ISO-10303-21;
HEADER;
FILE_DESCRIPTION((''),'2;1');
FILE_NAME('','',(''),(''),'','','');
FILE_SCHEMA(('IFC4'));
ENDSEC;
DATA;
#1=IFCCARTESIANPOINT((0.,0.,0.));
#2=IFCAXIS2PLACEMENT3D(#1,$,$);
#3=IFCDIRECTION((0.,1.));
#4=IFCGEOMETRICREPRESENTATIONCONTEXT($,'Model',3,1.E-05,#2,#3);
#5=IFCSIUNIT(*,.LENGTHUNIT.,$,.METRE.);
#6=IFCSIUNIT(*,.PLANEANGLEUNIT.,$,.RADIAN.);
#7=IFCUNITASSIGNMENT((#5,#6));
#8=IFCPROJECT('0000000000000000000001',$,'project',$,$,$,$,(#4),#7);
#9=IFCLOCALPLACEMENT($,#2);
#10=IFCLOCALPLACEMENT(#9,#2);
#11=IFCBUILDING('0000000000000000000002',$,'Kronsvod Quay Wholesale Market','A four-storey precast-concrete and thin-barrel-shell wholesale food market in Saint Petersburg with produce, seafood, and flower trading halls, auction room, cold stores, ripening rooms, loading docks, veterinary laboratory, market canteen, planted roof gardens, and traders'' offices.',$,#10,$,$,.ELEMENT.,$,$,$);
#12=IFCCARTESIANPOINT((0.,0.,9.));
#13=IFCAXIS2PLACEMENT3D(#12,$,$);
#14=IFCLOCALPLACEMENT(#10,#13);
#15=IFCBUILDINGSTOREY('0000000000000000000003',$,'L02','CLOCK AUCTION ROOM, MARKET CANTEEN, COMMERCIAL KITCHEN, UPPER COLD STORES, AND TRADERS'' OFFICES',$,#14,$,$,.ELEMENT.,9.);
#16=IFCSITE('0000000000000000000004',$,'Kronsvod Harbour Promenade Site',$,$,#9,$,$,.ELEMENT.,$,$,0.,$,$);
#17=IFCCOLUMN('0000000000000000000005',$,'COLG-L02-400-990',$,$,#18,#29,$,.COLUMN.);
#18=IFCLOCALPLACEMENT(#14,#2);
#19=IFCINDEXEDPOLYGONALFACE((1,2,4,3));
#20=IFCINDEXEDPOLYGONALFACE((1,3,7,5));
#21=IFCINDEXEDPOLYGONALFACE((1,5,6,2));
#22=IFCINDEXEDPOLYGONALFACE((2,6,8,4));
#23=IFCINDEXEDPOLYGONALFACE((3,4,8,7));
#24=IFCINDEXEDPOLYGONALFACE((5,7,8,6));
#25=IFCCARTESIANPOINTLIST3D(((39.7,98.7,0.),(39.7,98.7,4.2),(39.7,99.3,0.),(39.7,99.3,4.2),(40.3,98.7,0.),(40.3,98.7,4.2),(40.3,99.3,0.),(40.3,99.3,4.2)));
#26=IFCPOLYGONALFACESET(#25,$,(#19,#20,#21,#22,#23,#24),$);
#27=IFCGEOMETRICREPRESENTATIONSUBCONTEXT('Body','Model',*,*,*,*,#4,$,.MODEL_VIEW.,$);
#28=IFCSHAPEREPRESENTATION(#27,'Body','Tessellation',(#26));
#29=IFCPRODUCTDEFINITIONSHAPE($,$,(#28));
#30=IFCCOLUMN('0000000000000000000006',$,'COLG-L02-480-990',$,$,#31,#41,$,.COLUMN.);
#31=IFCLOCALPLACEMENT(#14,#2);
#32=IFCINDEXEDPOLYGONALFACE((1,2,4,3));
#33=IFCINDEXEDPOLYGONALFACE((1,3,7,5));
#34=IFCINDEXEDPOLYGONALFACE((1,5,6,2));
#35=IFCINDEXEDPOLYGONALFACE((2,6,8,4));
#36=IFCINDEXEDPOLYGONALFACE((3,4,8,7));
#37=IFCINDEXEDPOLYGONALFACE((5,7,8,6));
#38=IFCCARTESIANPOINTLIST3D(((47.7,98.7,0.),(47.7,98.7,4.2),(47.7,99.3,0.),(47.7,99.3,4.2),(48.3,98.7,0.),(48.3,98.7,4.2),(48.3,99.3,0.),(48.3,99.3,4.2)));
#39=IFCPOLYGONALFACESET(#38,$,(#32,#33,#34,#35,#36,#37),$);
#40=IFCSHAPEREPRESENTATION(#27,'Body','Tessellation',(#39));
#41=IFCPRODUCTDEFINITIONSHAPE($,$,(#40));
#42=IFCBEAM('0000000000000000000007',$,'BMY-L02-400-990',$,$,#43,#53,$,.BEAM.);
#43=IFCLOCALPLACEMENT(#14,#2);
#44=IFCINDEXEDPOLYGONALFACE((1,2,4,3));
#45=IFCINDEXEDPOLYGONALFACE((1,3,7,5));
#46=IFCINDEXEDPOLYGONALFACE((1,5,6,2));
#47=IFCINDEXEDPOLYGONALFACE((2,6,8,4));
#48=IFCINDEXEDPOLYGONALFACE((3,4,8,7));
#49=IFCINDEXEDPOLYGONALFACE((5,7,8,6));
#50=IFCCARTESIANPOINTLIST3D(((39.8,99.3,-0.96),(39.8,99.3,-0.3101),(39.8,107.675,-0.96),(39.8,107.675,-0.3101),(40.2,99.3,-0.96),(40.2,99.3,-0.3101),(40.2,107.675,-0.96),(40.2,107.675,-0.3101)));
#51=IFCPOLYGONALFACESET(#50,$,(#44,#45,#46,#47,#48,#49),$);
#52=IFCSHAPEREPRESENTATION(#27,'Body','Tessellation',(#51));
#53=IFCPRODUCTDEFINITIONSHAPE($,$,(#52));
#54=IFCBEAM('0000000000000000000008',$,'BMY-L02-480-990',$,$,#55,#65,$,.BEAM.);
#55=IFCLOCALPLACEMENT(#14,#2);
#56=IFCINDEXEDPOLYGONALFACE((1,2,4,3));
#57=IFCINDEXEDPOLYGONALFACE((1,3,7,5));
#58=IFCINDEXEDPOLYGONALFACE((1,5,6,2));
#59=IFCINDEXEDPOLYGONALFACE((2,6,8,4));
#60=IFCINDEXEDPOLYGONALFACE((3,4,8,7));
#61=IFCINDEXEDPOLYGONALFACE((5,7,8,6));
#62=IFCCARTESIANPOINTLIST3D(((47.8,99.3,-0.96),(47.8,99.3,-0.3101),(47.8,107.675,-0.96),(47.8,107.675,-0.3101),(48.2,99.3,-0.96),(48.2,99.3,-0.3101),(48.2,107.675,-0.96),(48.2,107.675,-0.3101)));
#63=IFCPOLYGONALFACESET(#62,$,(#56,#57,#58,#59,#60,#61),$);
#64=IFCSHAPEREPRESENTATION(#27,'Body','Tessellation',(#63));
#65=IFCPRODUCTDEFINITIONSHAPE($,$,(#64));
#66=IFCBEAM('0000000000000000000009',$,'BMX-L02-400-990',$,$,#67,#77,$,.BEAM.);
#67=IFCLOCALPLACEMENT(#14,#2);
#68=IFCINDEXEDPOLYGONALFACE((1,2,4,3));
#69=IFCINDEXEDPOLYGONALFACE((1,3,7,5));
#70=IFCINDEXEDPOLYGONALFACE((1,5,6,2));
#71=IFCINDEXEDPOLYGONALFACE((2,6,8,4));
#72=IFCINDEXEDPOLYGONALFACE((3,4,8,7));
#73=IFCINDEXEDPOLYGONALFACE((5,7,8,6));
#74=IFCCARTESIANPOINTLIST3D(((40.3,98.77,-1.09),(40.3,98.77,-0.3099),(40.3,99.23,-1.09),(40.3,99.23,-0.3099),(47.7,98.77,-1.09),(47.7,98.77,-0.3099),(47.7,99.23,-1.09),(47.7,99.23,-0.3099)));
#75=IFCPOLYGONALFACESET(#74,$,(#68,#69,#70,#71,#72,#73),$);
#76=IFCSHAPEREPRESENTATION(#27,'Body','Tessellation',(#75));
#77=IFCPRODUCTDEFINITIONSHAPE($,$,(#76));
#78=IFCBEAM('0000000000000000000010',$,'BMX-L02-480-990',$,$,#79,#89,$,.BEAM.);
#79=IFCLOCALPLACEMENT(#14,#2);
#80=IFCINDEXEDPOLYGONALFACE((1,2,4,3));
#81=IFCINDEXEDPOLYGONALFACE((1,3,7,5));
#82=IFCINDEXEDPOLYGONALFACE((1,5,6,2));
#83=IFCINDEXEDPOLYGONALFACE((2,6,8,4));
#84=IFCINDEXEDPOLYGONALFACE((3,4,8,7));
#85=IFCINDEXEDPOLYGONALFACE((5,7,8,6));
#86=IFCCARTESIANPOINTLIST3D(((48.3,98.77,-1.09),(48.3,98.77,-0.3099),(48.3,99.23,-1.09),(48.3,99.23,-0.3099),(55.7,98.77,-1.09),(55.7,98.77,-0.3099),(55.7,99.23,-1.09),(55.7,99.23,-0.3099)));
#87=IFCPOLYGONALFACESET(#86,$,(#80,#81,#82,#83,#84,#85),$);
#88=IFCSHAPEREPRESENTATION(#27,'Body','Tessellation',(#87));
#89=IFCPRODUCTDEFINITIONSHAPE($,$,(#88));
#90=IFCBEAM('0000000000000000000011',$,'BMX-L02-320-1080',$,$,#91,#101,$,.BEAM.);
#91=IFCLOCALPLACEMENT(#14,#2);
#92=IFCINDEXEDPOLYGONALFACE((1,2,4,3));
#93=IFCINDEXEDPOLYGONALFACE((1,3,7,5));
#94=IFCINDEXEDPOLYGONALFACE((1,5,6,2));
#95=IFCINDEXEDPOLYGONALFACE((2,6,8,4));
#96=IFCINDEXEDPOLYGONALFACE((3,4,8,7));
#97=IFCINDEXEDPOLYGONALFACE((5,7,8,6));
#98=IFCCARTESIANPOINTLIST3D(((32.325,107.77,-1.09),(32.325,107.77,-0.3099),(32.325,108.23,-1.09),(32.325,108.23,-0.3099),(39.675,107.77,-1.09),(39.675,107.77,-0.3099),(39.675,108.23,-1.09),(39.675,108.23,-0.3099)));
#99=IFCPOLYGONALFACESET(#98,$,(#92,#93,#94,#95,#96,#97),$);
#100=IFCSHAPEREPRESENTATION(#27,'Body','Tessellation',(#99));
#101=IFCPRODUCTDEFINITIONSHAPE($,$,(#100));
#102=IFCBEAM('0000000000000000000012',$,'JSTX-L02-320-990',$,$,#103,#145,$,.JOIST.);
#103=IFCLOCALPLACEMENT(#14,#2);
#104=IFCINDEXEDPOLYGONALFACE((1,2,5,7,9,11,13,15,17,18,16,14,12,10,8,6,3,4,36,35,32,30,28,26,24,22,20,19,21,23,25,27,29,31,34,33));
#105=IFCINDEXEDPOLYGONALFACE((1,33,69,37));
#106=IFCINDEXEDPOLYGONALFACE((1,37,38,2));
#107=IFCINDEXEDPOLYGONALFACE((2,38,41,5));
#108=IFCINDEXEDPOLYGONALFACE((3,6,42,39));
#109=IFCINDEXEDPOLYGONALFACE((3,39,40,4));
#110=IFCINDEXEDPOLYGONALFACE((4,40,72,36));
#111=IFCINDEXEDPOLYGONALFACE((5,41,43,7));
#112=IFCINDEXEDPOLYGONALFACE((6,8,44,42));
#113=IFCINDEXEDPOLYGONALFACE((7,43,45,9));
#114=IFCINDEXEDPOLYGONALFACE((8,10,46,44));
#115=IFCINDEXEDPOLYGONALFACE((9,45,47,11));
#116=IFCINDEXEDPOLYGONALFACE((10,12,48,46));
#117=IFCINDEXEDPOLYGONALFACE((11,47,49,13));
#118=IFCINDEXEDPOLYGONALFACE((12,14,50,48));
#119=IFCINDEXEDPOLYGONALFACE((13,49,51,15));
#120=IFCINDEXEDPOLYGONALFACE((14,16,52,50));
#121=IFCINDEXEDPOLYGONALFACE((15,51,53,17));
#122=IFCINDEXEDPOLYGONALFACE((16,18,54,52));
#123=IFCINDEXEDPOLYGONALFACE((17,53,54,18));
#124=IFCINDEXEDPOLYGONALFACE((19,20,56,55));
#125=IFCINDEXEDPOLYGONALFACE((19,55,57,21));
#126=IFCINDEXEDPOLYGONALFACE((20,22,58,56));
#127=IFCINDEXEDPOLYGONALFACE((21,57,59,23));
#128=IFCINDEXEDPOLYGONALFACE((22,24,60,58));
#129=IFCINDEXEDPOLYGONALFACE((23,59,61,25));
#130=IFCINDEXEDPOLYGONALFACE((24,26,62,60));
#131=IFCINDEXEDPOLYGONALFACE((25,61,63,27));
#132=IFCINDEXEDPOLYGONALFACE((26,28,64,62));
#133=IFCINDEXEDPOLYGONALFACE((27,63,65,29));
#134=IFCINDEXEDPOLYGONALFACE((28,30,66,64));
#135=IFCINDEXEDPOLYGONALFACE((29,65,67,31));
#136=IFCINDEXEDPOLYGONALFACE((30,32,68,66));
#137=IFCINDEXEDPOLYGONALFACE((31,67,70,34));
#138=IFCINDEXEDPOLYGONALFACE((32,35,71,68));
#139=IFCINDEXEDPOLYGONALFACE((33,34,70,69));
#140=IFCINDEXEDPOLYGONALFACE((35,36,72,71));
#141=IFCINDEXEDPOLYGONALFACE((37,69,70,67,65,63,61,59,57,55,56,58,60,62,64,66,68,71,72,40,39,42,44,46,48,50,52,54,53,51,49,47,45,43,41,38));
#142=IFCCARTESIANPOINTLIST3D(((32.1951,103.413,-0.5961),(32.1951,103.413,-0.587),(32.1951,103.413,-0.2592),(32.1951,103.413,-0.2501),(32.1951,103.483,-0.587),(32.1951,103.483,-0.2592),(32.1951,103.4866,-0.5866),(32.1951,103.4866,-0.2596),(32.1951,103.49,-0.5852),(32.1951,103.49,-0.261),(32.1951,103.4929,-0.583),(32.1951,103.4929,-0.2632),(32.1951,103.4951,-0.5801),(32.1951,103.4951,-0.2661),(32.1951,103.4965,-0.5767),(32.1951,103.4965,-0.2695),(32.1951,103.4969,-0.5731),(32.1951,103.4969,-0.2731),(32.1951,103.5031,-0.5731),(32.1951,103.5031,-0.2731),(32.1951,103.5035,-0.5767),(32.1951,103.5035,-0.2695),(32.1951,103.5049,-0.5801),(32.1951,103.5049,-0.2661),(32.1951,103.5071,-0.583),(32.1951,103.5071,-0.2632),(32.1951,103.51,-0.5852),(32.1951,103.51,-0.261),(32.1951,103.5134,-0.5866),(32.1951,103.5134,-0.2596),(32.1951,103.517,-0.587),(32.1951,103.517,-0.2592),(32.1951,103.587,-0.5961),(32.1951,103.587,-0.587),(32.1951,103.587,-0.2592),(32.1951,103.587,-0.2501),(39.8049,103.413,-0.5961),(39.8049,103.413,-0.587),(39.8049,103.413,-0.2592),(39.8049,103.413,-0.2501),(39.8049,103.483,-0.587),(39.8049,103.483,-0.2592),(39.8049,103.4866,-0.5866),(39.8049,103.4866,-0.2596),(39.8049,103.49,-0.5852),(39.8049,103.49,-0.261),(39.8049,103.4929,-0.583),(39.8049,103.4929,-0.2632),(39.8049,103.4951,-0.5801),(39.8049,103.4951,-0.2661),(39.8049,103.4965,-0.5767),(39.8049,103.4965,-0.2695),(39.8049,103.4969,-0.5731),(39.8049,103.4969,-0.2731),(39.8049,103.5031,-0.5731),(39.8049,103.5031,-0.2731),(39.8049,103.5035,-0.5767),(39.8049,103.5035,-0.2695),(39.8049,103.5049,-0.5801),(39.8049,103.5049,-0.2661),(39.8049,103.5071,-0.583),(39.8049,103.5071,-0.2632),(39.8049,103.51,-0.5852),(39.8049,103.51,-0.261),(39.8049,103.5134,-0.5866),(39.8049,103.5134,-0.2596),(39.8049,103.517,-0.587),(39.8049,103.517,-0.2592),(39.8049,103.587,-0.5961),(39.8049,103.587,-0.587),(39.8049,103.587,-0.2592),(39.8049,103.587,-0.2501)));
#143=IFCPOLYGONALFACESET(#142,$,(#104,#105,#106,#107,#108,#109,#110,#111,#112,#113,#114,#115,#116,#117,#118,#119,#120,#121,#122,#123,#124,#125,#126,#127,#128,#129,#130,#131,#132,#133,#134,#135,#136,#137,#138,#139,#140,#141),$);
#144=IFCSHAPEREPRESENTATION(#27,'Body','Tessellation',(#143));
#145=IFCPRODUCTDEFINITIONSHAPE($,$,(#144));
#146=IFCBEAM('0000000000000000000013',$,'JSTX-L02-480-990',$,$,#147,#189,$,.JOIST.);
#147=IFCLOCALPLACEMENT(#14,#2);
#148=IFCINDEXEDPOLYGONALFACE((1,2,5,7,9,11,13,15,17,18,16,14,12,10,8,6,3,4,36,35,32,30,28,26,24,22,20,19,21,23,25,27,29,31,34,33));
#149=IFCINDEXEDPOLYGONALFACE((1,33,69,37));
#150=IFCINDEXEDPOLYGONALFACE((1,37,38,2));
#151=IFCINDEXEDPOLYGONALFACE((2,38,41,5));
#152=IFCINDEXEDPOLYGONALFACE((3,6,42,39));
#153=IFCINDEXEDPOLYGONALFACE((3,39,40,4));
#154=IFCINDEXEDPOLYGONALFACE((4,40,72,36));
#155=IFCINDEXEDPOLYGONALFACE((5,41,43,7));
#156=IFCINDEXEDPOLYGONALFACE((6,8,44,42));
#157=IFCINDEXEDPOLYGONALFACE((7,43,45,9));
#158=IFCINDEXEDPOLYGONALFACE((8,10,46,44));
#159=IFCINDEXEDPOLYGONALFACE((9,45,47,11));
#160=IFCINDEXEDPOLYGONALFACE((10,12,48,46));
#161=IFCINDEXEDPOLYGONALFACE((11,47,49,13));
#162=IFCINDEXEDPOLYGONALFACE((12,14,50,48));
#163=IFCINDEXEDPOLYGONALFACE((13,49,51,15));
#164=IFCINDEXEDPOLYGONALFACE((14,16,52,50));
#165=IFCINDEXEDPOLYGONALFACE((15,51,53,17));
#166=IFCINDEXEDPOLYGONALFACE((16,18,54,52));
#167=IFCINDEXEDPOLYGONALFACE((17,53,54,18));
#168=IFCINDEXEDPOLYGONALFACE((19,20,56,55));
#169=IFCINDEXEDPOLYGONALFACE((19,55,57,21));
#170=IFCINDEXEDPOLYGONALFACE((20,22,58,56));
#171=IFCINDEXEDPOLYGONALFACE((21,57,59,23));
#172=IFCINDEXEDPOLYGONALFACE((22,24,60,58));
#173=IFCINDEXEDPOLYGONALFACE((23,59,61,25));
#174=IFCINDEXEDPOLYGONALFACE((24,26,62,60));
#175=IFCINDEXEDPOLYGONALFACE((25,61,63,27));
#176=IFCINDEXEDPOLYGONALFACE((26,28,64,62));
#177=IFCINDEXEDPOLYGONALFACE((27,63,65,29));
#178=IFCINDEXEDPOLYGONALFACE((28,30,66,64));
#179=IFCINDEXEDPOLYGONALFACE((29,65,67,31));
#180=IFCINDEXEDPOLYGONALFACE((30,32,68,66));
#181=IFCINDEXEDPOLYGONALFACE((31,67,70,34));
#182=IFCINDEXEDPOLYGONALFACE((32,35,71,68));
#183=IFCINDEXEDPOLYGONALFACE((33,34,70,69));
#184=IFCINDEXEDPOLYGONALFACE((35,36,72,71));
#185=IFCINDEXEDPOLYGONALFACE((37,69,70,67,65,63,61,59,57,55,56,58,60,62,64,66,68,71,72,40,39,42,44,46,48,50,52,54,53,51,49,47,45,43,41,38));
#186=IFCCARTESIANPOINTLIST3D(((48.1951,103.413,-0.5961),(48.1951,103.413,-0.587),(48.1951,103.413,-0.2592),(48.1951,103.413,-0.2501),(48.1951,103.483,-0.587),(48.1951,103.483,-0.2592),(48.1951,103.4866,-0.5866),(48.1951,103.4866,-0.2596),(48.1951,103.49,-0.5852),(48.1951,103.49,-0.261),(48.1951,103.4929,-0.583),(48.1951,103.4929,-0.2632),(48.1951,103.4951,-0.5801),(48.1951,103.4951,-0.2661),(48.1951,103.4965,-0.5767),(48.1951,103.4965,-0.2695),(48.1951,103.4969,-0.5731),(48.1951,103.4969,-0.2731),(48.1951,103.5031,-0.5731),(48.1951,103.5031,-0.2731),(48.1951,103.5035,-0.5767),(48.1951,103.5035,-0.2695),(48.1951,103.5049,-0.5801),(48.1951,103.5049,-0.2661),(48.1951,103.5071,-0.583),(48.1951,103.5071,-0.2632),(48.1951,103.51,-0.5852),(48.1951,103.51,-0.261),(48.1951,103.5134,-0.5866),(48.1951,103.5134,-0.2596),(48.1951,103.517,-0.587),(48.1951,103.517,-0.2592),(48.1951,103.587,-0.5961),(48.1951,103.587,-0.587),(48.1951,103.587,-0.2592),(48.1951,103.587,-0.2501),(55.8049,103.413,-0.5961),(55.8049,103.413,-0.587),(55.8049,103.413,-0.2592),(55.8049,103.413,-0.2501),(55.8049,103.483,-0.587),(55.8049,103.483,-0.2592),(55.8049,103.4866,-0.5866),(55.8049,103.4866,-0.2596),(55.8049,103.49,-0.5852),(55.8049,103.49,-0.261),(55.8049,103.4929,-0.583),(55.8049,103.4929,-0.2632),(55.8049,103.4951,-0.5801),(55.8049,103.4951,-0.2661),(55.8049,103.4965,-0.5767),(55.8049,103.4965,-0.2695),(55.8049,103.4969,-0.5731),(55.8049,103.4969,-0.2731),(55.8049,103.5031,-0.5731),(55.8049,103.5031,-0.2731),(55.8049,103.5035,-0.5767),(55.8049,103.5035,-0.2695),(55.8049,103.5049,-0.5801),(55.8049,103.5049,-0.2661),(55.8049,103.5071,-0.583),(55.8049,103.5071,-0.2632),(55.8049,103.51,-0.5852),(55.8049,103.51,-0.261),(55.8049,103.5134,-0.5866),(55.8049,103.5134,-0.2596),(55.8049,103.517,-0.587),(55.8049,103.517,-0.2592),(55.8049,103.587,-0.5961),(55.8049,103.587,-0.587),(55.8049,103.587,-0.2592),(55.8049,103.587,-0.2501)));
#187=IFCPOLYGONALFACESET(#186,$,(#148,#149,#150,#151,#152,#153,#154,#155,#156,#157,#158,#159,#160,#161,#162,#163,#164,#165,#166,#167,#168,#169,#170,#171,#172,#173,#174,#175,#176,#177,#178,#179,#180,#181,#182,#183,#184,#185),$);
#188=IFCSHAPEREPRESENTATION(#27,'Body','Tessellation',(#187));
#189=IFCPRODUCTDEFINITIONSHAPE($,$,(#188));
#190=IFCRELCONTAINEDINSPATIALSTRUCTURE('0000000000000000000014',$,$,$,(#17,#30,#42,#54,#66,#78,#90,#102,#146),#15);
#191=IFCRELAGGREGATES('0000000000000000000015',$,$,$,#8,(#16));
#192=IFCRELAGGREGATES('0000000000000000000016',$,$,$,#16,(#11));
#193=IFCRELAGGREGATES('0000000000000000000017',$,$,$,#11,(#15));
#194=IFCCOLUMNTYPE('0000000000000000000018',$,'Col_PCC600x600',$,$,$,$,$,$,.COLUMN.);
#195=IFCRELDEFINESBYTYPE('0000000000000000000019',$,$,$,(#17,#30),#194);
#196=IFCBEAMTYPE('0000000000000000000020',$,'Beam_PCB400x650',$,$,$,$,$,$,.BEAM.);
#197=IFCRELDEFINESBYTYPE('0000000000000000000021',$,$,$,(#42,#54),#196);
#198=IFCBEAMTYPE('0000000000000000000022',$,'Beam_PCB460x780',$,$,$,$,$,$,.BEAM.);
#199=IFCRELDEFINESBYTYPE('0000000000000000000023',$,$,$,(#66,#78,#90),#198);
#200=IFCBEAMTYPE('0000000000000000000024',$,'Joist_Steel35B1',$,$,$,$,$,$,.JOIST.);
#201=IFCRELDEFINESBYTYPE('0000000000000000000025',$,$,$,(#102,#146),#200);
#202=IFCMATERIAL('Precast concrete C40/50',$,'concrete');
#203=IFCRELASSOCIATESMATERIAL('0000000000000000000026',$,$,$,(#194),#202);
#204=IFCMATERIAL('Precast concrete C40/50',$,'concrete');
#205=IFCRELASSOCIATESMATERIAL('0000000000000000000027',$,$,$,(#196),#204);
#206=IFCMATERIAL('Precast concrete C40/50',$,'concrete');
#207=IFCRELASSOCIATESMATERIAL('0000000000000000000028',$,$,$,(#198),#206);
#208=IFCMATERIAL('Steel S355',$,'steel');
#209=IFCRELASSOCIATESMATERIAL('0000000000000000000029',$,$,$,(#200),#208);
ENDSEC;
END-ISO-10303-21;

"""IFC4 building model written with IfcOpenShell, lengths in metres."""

from ifc_helpers import new_model, si_unit, direction, frame, origin, origin_2d, place, context, subcontext, project, spatial, rectangle, i_section, extrude, material, material_profile, profile_set, type_object, element, save


model = new_model("IFC4")

# Units and contexts
model_context = context("Model", 3, precision=1e-05, world=origin(), true_north=direction((0.0, 1.0)))
body_context = subcontext(model_context, "Body", "Model", "MODEL_VIEW")
ifc_project = project(units=[si_unit("LENGTHUNIT", "METRE"), si_unit("PLANEANGLEUNIT", "RADIAN")], contexts=[model_context])

# Site, building, storey
site_placement = place(None, origin())
site = spatial("IfcSite", under=ifc_project, at=site_placement, Name="Kronsvod Harbour Promenade Site", CompositionType="ELEMENT", RefElevation=0.0)
building_placement = place(site_placement, origin())
building = spatial("IfcBuilding", under=site, at=building_placement, Name="Kronsvod Quay Wholesale Market", Description="A four-storey precast-concrete and thin-barrel-shell wholesale food market in Saint Petersburg with produce, seafood, and flower trading halls, auction room, cold stores, ripening rooms, loading docks, veterinary laboratory, market canteen, planted roof gardens, and traders' offices.", CompositionType="ELEMENT")
storey_placement = place(building_placement, frame((0.0, 0.0, 9.0)))
storey = spatial("IfcBuildingStorey", under=building, at=storey_placement, Name="L02", Description="CLOCK AUCTION ROOM, MARKET CANTEEN, COMMERCIAL KITCHEN, UPPER COLD STORES, AND TRADERS' OFFICES", CompositionType="ELEMENT", Elevation=9.0)

# Columns
ifc_material_1 = material(Name="Precast concrete C40/50", Category="concrete")
ifc_material_profile_1 = material_profile(ifc_material_1, rectangle(XDim=0.6001, YDim=0.6001, at=origin_2d()), Name="PCC600x600")
ifc_profile_set_1 = profile_set([ifc_material_profile_1], Name="Precast concrete C40/50")
column_type = type_object("IfcColumnType", Name="Col_PCC600x600", PredefinedType="COLUMN", material=ifc_profile_set_1)
for number, where, z_axis, x_axis, name in (
    (1, (40.0, 99.0, 0.0), (0.0, 0.0, 1.0), (1.0, 0.0, 0.0), "COLG-L02-400-990"),
    (2, (48.0, 99.0, 0.0), (0.0, 0.0, 1.0), (1.0, 0.0, 0.0), "COLG-L02-480-990"),
):
    element("IfcColumn", number, at=place(storey_placement, frame(where, z_axis=z_axis, x_axis=x_axis)), inside=storey, type_object=column_type, Name=name, PredefinedType="COLUMN", context=body_context, shape_type="SweptSolid", body=[
        extrude(rectangle(XDim=0.6001, YDim=0.6001, at=origin_2d()), origin(), (0.0, 0.0, 1.0), 4.2),
    ])

# Beams
ifc_material_2 = material(Name="Precast concrete C40/50", Category="concrete")
ifc_material_profile_2 = material_profile(ifc_material_2, rectangle(XDim=0.3999, YDim=0.6499, at=origin_2d()), Name="PCB400x650")
ifc_profile_set_2 = profile_set([ifc_material_profile_2], Name="Precast concrete C40/50")
beam_type_1 = type_object("IfcBeamType", Name="Beam_PCB400x650", PredefinedType="BEAM", material=ifc_profile_set_2)
for number, where, z_axis, x_axis, name in (
    (3, (40.0, 99.3, -0.635), (0.0, 1.0, 0.0), (-1.0, 0.0, 0.0), "BMY-L02-400-990"),
    (4, (48.0, 99.3, -0.635), (0.0, 1.0, 0.0), (-1.0, 0.0, 0.0), "BMY-L02-480-990"),
):
    element("IfcBeam", number, at=place(storey_placement, frame(where, z_axis=z_axis, x_axis=x_axis)), inside=storey, type_object=beam_type_1, Name=name, PredefinedType="BEAM", context=body_context, shape_type="SweptSolid", body=[
        extrude(rectangle(XDim=0.3999, YDim=0.6499, at=origin_2d()), origin(), (0.0, 0.0, 1.0), 8.375),
    ])
ifc_material_3 = material(Name="Precast concrete C40/50", Category="concrete")
ifc_material_profile_3 = material_profile(ifc_material_3, rectangle(XDim=0.46, YDim=0.78, at=origin_2d()), Name="PB-03")
ifc_profile_set_3 = profile_set([ifc_material_profile_3], Name="Precast concrete C40/50")
beam_type_2 = type_object("IfcBeamType", Name="Beam_PCB460x780", PredefinedType="BEAM", material=ifc_profile_set_3)
for number, where, z_axis, x_axis, name in (
    (5, (40.3, 99.0, -0.7), (1.0, 0.0, 0.0), (0.0, 1.0, 0.0), "BMX-L02-400-990"),
    (6, (48.3, 99.0, -0.7), (1.0, 0.0, 0.0), (0.0, 1.0, 0.0), "BMX-L02-480-990"),
):
    element("IfcBeam", number, at=place(storey_placement, frame(where, z_axis=z_axis, x_axis=x_axis)), inside=storey, type_object=beam_type_2, Name=name, PredefinedType="BEAM", context=body_context, shape_type="SweptSolid", body=[
        extrude(rectangle(XDim=0.46, YDim=0.78, at=origin_2d()), origin(), (0.0, 0.0, 1.0), 7.3999),
    ])
beam_placement = place(storey_placement, frame((32.325, 108.0, -0.7), z_axis=(1.0, 0.0, 0.0), x_axis=(0.0, 1.0, 0.0)))
element("IfcBeam", 7, at=beam_placement, inside=storey, type_object=beam_type_2, Name="BMX-L02-320-1080", PredefinedType="BEAM", context=body_context, shape_type="SweptSolid", body=[
    extrude(rectangle(XDim=0.46, YDim=0.78, at=origin_2d()), origin(), (0.0, 0.0, 1.0), 7.3501),
])
ifc_material_4 = material(Name="Steel S355", Category="steel")
ifc_material_profile_4 = material_profile(ifc_material_4, i_section(OverallWidth=0.1741, OverallDepth=0.3459, WebThickness=0.0061, FlangeThickness=0.009, FilletRadius=0.0139, at=origin_2d()), Name="35B1")
ifc_profile_set_4 = profile_set([ifc_material_profile_4], Name="Steel S355")
beam_type_3 = type_object("IfcBeamType", Name="Joist_Steel35B1", PredefinedType="JOIST", material=ifc_profile_set_4)
for number, where, z_axis, x_axis, name in (
    (8, (32.1951, 103.5, -0.4231), (1.0, 0.0, 0.0), (0.0, 1.0, 0.0), "JSTX-L02-320-990"),
    (9, (48.1951, 103.5, -0.4231), (1.0, 0.0, 0.0), (0.0, 1.0, 0.0), "JSTX-L02-480-990"),
):
    element("IfcBeam", number, at=place(storey_placement, frame(where, z_axis=z_axis, x_axis=x_axis)), inside=storey, type_object=beam_type_3, Name=name, PredefinedType="JOIST", context=body_context, shape_type="SweptSolid", body=[
        extrude(i_section(OverallWidth=0.1741, OverallDepth=0.3459, WebThickness=0.0061, FlangeThickness=0.009, FilletRadius=0.0139, at=origin_2d()), origin(), (0.0, 0.0, 1.0), 7.6099),
    ])

save(model, "model.ifc")
